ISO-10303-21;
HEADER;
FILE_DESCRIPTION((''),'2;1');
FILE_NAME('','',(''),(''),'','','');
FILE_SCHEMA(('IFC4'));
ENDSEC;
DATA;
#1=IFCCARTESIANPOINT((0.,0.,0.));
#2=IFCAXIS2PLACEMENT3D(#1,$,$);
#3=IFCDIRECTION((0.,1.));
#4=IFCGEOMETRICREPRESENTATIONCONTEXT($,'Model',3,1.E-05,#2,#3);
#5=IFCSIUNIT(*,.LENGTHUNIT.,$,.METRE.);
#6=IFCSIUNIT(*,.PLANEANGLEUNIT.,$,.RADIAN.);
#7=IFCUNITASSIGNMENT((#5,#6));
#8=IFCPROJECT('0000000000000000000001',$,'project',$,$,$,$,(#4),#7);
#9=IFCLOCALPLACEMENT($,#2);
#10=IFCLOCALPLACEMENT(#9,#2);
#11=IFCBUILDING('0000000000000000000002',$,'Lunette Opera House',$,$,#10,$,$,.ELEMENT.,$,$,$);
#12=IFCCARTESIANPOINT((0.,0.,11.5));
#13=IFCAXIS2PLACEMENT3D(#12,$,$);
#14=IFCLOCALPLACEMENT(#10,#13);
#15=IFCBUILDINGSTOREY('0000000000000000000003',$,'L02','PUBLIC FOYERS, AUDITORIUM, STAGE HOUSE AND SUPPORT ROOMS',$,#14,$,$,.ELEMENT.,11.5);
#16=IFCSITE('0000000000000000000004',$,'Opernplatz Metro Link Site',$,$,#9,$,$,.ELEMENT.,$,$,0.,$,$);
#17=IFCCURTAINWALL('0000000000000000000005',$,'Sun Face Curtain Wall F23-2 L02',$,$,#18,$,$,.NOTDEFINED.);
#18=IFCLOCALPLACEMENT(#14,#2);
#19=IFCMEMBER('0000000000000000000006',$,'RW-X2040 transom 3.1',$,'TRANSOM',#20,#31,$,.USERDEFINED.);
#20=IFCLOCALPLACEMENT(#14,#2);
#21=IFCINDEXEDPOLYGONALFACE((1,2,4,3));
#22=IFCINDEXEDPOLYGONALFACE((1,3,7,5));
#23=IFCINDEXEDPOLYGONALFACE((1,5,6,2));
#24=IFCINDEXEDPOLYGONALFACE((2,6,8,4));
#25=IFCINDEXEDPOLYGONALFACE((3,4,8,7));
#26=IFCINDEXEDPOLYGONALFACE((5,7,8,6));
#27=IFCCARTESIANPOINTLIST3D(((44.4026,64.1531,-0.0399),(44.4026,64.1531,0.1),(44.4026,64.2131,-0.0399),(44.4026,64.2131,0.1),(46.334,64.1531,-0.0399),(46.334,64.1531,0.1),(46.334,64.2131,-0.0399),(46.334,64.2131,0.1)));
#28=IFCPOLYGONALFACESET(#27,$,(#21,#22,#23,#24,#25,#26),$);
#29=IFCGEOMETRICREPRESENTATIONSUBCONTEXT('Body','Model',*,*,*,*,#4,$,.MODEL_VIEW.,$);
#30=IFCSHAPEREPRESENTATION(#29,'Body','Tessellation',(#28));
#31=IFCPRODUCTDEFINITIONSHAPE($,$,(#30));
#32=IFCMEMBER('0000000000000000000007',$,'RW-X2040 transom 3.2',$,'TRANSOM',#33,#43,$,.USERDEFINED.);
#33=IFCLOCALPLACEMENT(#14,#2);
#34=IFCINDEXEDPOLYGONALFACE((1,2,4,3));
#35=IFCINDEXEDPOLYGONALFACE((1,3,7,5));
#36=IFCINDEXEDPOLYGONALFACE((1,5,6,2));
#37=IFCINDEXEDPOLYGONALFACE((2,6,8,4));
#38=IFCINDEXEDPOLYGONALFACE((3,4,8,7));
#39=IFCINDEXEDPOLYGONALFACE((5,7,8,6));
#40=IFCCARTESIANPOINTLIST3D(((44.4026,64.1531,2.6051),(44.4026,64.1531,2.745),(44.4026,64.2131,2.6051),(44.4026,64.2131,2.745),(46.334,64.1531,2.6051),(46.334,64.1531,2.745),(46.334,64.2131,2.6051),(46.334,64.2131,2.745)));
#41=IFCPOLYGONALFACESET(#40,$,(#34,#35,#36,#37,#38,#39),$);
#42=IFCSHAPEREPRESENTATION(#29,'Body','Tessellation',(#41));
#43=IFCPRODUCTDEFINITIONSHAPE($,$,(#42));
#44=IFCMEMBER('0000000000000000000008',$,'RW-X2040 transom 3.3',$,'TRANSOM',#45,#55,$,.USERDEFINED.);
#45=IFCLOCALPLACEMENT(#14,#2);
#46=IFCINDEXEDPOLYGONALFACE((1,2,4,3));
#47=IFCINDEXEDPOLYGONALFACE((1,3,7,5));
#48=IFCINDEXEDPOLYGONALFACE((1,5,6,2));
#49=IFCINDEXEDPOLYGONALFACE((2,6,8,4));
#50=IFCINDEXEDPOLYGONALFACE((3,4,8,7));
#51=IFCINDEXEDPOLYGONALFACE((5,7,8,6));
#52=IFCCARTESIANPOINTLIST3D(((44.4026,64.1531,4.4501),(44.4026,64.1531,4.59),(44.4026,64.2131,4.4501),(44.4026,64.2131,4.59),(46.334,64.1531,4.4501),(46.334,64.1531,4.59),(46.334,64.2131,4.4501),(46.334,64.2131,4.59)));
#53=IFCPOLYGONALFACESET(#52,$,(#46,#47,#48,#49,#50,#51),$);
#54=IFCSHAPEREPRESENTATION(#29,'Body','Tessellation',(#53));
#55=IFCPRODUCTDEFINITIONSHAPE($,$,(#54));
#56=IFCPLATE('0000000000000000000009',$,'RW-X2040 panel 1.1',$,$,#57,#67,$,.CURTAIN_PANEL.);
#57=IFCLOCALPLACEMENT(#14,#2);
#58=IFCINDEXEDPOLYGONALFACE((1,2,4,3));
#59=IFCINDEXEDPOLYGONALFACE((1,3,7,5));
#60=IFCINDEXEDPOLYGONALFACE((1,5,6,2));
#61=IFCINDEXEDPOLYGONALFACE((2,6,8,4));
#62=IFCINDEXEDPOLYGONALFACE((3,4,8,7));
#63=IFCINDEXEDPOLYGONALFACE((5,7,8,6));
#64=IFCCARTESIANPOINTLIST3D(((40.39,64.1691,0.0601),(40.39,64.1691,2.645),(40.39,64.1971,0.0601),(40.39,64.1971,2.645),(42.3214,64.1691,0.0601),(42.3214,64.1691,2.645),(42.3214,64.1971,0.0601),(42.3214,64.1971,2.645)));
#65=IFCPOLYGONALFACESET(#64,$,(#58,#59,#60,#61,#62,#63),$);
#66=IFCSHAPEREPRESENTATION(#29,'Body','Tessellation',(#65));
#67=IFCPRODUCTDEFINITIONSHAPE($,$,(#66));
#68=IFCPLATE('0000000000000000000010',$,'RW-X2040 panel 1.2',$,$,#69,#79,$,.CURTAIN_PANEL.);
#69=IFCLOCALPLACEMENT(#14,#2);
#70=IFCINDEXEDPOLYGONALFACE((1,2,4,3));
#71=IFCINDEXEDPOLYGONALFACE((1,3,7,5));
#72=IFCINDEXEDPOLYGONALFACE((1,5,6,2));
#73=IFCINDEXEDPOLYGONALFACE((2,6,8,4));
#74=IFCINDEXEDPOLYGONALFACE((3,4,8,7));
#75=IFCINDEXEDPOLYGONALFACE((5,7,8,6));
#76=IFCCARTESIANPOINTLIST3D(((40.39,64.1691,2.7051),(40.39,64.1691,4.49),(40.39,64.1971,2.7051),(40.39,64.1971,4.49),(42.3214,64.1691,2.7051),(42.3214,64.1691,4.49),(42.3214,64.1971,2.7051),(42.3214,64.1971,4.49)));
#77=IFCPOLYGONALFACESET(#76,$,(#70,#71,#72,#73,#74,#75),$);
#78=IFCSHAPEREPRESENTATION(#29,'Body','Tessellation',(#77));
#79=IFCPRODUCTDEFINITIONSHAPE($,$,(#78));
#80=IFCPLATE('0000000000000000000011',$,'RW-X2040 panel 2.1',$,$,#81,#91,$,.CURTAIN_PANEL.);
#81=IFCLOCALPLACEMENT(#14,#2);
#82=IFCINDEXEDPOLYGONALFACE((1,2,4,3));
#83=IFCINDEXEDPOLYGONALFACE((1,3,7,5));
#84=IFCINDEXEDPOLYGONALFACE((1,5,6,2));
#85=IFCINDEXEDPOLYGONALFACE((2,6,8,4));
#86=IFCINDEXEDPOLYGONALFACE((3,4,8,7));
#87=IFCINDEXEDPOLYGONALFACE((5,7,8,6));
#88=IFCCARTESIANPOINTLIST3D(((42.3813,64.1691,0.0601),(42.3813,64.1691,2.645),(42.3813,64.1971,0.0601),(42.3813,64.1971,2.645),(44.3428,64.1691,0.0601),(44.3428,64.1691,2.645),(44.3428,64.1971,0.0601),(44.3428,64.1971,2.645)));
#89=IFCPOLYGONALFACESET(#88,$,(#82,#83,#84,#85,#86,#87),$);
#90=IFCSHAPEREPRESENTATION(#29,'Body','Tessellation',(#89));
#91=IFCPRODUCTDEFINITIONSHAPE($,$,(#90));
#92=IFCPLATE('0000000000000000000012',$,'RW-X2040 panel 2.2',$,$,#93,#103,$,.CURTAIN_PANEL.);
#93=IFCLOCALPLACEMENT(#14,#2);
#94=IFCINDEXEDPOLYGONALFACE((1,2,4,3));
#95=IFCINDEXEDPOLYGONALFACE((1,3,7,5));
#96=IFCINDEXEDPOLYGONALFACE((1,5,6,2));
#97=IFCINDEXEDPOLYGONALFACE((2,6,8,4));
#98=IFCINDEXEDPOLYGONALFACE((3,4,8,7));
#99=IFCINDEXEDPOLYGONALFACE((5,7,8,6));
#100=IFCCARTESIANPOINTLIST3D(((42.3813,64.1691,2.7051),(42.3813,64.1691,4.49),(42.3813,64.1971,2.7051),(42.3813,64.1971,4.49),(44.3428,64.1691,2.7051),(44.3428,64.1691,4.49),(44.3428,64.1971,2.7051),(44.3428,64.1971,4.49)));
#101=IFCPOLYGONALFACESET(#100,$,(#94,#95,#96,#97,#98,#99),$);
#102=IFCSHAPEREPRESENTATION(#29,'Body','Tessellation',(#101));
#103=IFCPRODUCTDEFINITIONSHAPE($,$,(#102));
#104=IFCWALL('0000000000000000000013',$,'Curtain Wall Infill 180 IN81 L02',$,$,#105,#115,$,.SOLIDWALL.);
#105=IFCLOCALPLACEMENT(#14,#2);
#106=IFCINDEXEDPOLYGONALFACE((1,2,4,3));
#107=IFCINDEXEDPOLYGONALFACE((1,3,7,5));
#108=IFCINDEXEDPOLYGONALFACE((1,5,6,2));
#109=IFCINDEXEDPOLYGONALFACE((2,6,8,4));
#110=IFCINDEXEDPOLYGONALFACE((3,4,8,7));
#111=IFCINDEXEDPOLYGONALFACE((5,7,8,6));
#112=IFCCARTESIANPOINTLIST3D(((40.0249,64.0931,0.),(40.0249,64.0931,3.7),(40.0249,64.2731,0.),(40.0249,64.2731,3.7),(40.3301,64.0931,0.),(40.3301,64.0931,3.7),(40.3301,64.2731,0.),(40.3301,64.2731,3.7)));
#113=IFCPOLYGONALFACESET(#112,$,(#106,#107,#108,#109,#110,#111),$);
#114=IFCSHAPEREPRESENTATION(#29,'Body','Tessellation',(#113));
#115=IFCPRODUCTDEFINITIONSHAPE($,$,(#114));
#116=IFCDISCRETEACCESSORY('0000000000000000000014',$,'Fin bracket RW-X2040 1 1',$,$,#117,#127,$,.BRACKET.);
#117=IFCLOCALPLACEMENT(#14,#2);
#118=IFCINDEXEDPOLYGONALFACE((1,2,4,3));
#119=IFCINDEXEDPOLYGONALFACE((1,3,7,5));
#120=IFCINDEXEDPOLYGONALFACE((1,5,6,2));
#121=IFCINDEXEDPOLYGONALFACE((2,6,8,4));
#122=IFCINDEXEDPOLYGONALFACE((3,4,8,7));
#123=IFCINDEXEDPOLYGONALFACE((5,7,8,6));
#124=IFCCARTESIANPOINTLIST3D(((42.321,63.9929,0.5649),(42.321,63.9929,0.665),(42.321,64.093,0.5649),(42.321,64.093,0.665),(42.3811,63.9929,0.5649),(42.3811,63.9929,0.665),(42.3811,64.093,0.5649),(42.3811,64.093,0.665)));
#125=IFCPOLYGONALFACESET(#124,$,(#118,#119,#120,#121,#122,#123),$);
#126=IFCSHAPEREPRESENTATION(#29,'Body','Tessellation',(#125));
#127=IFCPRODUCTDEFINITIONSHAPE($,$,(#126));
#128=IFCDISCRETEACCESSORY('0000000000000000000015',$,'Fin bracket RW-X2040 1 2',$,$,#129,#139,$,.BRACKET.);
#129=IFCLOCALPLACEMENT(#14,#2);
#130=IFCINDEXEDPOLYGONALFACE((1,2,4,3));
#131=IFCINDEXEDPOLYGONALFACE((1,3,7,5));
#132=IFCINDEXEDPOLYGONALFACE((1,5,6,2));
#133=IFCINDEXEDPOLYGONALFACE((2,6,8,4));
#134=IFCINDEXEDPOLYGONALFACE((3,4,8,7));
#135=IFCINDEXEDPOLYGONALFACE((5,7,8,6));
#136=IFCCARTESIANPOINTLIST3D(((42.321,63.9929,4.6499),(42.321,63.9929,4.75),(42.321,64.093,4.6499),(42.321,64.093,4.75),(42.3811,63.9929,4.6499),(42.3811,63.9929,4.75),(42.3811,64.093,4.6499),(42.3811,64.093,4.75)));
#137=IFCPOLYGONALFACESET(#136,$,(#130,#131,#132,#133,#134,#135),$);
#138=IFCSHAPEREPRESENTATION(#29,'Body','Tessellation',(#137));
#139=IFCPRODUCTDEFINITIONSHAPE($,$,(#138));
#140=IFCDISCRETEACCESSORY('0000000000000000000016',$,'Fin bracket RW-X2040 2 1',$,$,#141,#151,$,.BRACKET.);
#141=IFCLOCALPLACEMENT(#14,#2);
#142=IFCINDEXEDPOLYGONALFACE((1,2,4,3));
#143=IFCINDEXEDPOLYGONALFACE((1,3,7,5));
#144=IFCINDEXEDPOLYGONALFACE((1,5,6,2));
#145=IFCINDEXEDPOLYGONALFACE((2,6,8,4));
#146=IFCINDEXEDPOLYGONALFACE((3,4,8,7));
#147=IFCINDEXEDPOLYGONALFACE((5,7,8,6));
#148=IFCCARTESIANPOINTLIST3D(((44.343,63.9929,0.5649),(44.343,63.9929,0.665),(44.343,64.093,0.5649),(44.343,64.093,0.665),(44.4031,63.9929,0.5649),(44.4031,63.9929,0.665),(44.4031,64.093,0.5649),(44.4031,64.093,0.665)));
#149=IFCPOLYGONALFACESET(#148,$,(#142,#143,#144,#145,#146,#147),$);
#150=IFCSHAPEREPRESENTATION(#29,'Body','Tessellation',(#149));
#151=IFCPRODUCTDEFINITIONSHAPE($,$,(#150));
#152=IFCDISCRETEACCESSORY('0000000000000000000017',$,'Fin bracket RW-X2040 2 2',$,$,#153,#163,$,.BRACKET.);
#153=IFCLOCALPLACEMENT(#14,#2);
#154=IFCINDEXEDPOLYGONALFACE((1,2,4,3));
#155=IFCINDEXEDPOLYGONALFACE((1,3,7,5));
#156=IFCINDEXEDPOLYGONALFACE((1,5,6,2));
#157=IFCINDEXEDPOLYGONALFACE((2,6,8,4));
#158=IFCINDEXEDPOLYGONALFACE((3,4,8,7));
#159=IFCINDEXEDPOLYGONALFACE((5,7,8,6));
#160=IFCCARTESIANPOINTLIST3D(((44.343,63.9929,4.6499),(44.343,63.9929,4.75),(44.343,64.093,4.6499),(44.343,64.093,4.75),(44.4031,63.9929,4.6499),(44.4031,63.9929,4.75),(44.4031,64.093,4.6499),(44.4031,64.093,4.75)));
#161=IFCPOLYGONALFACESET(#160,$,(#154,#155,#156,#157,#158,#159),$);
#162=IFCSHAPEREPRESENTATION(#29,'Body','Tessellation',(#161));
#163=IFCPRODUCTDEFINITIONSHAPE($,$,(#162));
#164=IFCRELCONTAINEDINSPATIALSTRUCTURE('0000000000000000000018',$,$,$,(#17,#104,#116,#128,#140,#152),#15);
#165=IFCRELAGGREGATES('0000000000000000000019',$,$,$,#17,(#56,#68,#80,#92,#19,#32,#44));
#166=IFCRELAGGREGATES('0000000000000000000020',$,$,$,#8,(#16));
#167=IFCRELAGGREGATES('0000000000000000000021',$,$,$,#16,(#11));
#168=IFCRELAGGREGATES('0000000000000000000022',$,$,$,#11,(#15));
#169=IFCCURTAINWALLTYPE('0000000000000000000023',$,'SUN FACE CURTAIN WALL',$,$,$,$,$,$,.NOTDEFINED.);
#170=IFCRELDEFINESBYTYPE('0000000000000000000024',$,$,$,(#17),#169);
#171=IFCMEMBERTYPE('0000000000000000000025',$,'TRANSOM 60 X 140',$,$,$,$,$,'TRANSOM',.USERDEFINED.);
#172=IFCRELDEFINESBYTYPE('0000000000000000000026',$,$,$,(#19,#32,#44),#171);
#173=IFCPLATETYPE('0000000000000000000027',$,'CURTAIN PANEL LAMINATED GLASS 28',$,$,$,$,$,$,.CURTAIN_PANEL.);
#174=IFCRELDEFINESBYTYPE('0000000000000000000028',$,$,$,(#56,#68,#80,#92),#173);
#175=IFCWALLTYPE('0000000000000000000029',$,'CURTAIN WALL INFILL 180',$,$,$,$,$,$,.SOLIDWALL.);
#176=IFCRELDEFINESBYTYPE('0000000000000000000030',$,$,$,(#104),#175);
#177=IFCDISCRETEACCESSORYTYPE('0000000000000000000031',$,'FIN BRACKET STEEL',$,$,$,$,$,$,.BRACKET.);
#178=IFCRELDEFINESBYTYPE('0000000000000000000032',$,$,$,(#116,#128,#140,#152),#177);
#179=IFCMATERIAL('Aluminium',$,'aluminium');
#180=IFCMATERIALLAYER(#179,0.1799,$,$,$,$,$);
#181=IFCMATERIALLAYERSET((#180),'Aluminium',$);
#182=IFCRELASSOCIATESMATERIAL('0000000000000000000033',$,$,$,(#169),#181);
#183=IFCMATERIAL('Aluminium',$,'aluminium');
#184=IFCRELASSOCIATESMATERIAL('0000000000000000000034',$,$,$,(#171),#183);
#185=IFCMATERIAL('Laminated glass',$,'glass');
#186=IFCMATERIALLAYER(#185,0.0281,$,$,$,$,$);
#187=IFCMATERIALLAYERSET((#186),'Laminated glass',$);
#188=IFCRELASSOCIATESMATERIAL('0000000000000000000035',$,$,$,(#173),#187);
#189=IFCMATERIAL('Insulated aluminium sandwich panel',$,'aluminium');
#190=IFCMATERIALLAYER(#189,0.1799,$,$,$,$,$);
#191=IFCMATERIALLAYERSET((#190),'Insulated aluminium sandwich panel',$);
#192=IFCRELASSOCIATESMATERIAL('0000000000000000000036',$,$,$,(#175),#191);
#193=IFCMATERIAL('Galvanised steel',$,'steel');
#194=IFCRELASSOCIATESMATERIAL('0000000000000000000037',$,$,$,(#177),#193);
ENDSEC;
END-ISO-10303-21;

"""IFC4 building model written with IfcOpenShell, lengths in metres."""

from ifc_helpers import new_model, si_unit, direction, frame, frame_2d, origin, origin_2d, place, context, subcontext, project, spatial, rectangle, extrude, material, layer, layer_set, material_profile, profile_set, type_object, element, aggregate, save


model = new_model("IFC4")

# Units and contexts
model_context = context("Model", 3, precision=1e-05, world=origin(), true_north=direction((0.0, 1.0)))
body_context = subcontext(model_context, "Body", "Model", "MODEL_VIEW")
ifc_project = project(units=[si_unit("LENGTHUNIT", "METRE"), si_unit("PLANEANGLEUNIT", "RADIAN")], contexts=[model_context])

# Site, building, storey
site_placement = place(None, origin())
site = spatial("IfcSite", under=ifc_project, at=site_placement, Name="Opernplatz Metro Link Site", CompositionType="ELEMENT", RefElevation=0.0)
building_placement = place(site_placement, origin())
building = spatial("IfcBuilding", under=site, at=building_placement, Name="Lunette Opera House", CompositionType="ELEMENT")
storey_placement = place(building_placement, frame((0.0, 0.0, 11.5)))
storey = spatial("IfcBuildingStorey", under=building, at=storey_placement, Name="L02", Description="PUBLIC FOYERS, AUDITORIUM, STAGE HOUSE AND SUPPORT ROOMS", CompositionType="ELEMENT", Elevation=11.5)

# Curtain wall
ifc_material_1 = material(Name="Aluminium", Category="aluminium")
ifc_layer_1 = layer(ifc_material_1, 0.1799)
ifc_layer_set_1 = layer_set([ifc_layer_1], Name="Aluminium")
curtain_wall_type = type_object("IfcCurtainWallType", Name="SUN FACE CURTAIN WALL", PredefinedType="NOTDEFINED", material=ifc_layer_set_1)
curtain_wall_placement = place(storey_placement, origin())
curtain_wall = element("IfcCurtainWall", 1, at=curtain_wall_placement, inside=storey, type_object=curtain_wall_type, Name="Sun Face Curtain Wall F23-2 L02", PredefinedType="NOTDEFINED")

# Members
ifc_material_2 = material(Name="Aluminium", Category="aluminium")
ifc_material_profile_1 = material_profile(ifc_material_2, rectangle(XDim=0.0601, YDim=0.1399, at=origin_2d()), Name="TRANSOM 60 X 140")
ifc_profile_set_1 = profile_set([ifc_material_profile_1], Name="Aluminium")
member_type_1 = type_object("IfcMemberType", Name="TRANSOM 60 X 140", ElementType="TRANSOM", PredefinedType="USERDEFINED", material=ifc_profile_set_1)
member_1_placement = place(storey_placement, frame((44.4026, 64.1831, 0.03), z_axis=(1.0, 0.0, 0.0), x_axis=(0.0, 1.0, 0.0)))
member_1 = element("IfcMember", 2, at=member_1_placement, type_object=member_type_1, Name="RW-X2040 transom 3.1", ObjectType="TRANSOM", PredefinedType="USERDEFINED", context=body_context, shape_type="SweptSolid", body=[
    extrude(rectangle(XDim=0.0601, YDim=0.1399, at=origin_2d()), origin(), (0.0, 0.0, 1.0), 1.9314),
])
member_2_placement = place(storey_placement, frame((44.4026, 64.1831, 2.675), z_axis=(1.0, 0.0, 0.0), x_axis=(0.0, 1.0, 0.0)))
member_2 = element("IfcMember", 3, at=member_2_placement, type_object=member_type_1, Name="RW-X2040 transom 3.2", ObjectType="TRANSOM", PredefinedType="USERDEFINED", context=body_context, shape_type="SweptSolid", body=[
    extrude(rectangle(XDim=0.0601, YDim=0.1399, at=origin_2d()), origin(), (0.0, 0.0, 1.0), 1.9314),
])
member_3_placement = place(storey_placement, frame((44.4026, 64.1831, 4.52), z_axis=(1.0, 0.0, 0.0), x_axis=(0.0, 1.0, 0.0)))
member_3 = element("IfcMember", 4, at=member_3_placement, type_object=member_type_1, Name="RW-X2040 transom 3.3", ObjectType="TRANSOM", PredefinedType="USERDEFINED", context=body_context, shape_type="SweptSolid", body=[
    extrude(rectangle(XDim=0.0601, YDim=0.1399, at=origin_2d()), origin(), (0.0, 0.0, 1.0), 1.9314),
])

# Plates
ifc_material_3 = material(Name="Laminated glass", Category="glass")
ifc_layer_2 = layer(ifc_material_3, 0.0281)
ifc_layer_set_2 = layer_set([ifc_layer_2], Name="Laminated glass")
plate_type = type_object("IfcPlateType", Name="CURTAIN PANEL LAMINATED GLASS 28", PredefinedType="CURTAIN_PANEL", material=ifc_layer_set_2)
plate_1_placement = place(storey_placement, frame((41.3557, 64.1831, 0.0601), z_axis=(0.0, 0.0, 1.0), x_axis=(1.0, 0.0, 0.0)))
plate_1 = element("IfcPlate", 5, at=plate_1_placement, type_object=plate_type, Name="RW-X2040 panel 1.1", PredefinedType="CURTAIN_PANEL", context=body_context, shape_type="SweptSolid", body=[
    extrude(rectangle(XDim=1.9314, YDim=0.0281, at=origin_2d()), origin(), (0.0, 0.0, 1.0), 2.585),
])
plate_2_placement = place(storey_placement, frame((41.3557, 64.1831, 2.7051), z_axis=(0.0, 0.0, 1.0), x_axis=(1.0, 0.0, 0.0)))
plate_2 = element("IfcPlate", 6, at=plate_2_placement, type_object=plate_type, Name="RW-X2040 panel 1.2", PredefinedType="CURTAIN_PANEL", context=body_context, shape_type="SweptSolid", body=[
    extrude(rectangle(XDim=1.9314, YDim=0.0281, at=origin_2d()), origin(), (0.0, 0.0, 1.0), 1.7849),
])
plate_3_placement = place(storey_placement, frame((43.3621, 64.1831, 0.0601), z_axis=(0.0, 0.0, 1.0), x_axis=(1.0, 0.0, 0.0)))
plate_3 = element("IfcPlate", 7, at=plate_3_placement, type_object=plate_type, Name="RW-X2040 panel 2.1", PredefinedType="CURTAIN_PANEL", context=body_context, shape_type="SweptSolid", body=[
    extrude(rectangle(XDim=1.9614, YDim=0.0281, at=origin_2d()), origin(), (0.0, 0.0, 1.0), 2.585),
])
plate_4_placement = place(storey_placement, frame((43.3621, 64.1831, 2.7051), z_axis=(0.0, 0.0, 1.0), x_axis=(1.0, 0.0, 0.0)))
plate_4 = element("IfcPlate", 8, at=plate_4_placement, type_object=plate_type, Name="RW-X2040 panel 2.2", PredefinedType="CURTAIN_PANEL", context=body_context, shape_type="SweptSolid", body=[
    extrude(rectangle(XDim=1.9614, YDim=0.0281, at=origin_2d()), origin(), (0.0, 0.0, 1.0), 1.7849),
])
aggregate(curtain_wall, [plate_1, plate_2, plate_3, plate_4, member_1, member_2, member_3])

# Wall
ifc_material_4 = material(Name="Insulated aluminium sandwich panel", Category="aluminium")
ifc_layer_3 = layer(ifc_material_4, 0.1799)
ifc_layer_set_3 = layer_set([ifc_layer_3], Name="Insulated aluminium sandwich panel")
wall_type = type_object("IfcWallType", Name="CURTAIN WALL INFILL 180", PredefinedType="SOLIDWALL", material=ifc_layer_set_3)
wall_placement = place(storey_placement, frame((40.3301, 64.1831, 0.0), z_axis=(0.0, 0.0, 1.0), x_axis=(-1.0, 0.0, 0.0)))
element("IfcWall", 9, at=wall_placement, inside=storey, type_object=wall_type, Name="Curtain Wall Infill 180 IN81 L02", PredefinedType="SOLIDWALL", context=body_context, shape_type="SweptSolid", body=[
    extrude(rectangle(XDim=0.3052, YDim=0.1799, at=frame_2d((0.1526, 0.0))), origin(), (0.0, 0.0, 1.0), 3.7),
])

# Discrete accessories
ifc_material_5 = material(Name="Galvanised steel", Category="steel")
discrete_accessory_type = type_object("IfcDiscreteAccessoryType", Name="FIN BRACKET STEEL", PredefinedType="BRACKET", material=ifc_material_5)
for number, where, z_axis, x_axis, name in (
    (10, (42.3511, 64.043, 0.5649), (0.0, 0.0, 1.0), (0.0, -1.0, 0.0), "Fin bracket RW-X2040 1 1"),
    (11, (42.3511, 64.043, 4.6499), (0.0, 0.0, 1.0), (0.0, -1.0, 0.0), "Fin bracket RW-X2040 1 2"),
    (12, (44.373, 64.043, 0.5649), (0.0, 0.0, 1.0), (0.0, -1.0, 0.0), "Fin bracket RW-X2040 2 1"),
    (13, (44.373, 64.043, 4.6499), (0.0, 0.0, 1.0), (0.0, -1.0, 0.0), "Fin bracket RW-X2040 2 2"),
):
    element("IfcDiscreteAccessory", number, at=place(storey_placement, frame(where, z_axis=z_axis, x_axis=x_axis)), inside=storey, type_object=discrete_accessory_type, Name=name, PredefinedType="BRACKET", context=body_context, shape_type="SweptSolid", body=[
        extrude(rectangle(XDim=0.1001, YDim=0.0601, at=origin_2d()), origin(), (0.0, 0.0, 1.0), 0.1001),
    ])

save(model, "model.ifc")
